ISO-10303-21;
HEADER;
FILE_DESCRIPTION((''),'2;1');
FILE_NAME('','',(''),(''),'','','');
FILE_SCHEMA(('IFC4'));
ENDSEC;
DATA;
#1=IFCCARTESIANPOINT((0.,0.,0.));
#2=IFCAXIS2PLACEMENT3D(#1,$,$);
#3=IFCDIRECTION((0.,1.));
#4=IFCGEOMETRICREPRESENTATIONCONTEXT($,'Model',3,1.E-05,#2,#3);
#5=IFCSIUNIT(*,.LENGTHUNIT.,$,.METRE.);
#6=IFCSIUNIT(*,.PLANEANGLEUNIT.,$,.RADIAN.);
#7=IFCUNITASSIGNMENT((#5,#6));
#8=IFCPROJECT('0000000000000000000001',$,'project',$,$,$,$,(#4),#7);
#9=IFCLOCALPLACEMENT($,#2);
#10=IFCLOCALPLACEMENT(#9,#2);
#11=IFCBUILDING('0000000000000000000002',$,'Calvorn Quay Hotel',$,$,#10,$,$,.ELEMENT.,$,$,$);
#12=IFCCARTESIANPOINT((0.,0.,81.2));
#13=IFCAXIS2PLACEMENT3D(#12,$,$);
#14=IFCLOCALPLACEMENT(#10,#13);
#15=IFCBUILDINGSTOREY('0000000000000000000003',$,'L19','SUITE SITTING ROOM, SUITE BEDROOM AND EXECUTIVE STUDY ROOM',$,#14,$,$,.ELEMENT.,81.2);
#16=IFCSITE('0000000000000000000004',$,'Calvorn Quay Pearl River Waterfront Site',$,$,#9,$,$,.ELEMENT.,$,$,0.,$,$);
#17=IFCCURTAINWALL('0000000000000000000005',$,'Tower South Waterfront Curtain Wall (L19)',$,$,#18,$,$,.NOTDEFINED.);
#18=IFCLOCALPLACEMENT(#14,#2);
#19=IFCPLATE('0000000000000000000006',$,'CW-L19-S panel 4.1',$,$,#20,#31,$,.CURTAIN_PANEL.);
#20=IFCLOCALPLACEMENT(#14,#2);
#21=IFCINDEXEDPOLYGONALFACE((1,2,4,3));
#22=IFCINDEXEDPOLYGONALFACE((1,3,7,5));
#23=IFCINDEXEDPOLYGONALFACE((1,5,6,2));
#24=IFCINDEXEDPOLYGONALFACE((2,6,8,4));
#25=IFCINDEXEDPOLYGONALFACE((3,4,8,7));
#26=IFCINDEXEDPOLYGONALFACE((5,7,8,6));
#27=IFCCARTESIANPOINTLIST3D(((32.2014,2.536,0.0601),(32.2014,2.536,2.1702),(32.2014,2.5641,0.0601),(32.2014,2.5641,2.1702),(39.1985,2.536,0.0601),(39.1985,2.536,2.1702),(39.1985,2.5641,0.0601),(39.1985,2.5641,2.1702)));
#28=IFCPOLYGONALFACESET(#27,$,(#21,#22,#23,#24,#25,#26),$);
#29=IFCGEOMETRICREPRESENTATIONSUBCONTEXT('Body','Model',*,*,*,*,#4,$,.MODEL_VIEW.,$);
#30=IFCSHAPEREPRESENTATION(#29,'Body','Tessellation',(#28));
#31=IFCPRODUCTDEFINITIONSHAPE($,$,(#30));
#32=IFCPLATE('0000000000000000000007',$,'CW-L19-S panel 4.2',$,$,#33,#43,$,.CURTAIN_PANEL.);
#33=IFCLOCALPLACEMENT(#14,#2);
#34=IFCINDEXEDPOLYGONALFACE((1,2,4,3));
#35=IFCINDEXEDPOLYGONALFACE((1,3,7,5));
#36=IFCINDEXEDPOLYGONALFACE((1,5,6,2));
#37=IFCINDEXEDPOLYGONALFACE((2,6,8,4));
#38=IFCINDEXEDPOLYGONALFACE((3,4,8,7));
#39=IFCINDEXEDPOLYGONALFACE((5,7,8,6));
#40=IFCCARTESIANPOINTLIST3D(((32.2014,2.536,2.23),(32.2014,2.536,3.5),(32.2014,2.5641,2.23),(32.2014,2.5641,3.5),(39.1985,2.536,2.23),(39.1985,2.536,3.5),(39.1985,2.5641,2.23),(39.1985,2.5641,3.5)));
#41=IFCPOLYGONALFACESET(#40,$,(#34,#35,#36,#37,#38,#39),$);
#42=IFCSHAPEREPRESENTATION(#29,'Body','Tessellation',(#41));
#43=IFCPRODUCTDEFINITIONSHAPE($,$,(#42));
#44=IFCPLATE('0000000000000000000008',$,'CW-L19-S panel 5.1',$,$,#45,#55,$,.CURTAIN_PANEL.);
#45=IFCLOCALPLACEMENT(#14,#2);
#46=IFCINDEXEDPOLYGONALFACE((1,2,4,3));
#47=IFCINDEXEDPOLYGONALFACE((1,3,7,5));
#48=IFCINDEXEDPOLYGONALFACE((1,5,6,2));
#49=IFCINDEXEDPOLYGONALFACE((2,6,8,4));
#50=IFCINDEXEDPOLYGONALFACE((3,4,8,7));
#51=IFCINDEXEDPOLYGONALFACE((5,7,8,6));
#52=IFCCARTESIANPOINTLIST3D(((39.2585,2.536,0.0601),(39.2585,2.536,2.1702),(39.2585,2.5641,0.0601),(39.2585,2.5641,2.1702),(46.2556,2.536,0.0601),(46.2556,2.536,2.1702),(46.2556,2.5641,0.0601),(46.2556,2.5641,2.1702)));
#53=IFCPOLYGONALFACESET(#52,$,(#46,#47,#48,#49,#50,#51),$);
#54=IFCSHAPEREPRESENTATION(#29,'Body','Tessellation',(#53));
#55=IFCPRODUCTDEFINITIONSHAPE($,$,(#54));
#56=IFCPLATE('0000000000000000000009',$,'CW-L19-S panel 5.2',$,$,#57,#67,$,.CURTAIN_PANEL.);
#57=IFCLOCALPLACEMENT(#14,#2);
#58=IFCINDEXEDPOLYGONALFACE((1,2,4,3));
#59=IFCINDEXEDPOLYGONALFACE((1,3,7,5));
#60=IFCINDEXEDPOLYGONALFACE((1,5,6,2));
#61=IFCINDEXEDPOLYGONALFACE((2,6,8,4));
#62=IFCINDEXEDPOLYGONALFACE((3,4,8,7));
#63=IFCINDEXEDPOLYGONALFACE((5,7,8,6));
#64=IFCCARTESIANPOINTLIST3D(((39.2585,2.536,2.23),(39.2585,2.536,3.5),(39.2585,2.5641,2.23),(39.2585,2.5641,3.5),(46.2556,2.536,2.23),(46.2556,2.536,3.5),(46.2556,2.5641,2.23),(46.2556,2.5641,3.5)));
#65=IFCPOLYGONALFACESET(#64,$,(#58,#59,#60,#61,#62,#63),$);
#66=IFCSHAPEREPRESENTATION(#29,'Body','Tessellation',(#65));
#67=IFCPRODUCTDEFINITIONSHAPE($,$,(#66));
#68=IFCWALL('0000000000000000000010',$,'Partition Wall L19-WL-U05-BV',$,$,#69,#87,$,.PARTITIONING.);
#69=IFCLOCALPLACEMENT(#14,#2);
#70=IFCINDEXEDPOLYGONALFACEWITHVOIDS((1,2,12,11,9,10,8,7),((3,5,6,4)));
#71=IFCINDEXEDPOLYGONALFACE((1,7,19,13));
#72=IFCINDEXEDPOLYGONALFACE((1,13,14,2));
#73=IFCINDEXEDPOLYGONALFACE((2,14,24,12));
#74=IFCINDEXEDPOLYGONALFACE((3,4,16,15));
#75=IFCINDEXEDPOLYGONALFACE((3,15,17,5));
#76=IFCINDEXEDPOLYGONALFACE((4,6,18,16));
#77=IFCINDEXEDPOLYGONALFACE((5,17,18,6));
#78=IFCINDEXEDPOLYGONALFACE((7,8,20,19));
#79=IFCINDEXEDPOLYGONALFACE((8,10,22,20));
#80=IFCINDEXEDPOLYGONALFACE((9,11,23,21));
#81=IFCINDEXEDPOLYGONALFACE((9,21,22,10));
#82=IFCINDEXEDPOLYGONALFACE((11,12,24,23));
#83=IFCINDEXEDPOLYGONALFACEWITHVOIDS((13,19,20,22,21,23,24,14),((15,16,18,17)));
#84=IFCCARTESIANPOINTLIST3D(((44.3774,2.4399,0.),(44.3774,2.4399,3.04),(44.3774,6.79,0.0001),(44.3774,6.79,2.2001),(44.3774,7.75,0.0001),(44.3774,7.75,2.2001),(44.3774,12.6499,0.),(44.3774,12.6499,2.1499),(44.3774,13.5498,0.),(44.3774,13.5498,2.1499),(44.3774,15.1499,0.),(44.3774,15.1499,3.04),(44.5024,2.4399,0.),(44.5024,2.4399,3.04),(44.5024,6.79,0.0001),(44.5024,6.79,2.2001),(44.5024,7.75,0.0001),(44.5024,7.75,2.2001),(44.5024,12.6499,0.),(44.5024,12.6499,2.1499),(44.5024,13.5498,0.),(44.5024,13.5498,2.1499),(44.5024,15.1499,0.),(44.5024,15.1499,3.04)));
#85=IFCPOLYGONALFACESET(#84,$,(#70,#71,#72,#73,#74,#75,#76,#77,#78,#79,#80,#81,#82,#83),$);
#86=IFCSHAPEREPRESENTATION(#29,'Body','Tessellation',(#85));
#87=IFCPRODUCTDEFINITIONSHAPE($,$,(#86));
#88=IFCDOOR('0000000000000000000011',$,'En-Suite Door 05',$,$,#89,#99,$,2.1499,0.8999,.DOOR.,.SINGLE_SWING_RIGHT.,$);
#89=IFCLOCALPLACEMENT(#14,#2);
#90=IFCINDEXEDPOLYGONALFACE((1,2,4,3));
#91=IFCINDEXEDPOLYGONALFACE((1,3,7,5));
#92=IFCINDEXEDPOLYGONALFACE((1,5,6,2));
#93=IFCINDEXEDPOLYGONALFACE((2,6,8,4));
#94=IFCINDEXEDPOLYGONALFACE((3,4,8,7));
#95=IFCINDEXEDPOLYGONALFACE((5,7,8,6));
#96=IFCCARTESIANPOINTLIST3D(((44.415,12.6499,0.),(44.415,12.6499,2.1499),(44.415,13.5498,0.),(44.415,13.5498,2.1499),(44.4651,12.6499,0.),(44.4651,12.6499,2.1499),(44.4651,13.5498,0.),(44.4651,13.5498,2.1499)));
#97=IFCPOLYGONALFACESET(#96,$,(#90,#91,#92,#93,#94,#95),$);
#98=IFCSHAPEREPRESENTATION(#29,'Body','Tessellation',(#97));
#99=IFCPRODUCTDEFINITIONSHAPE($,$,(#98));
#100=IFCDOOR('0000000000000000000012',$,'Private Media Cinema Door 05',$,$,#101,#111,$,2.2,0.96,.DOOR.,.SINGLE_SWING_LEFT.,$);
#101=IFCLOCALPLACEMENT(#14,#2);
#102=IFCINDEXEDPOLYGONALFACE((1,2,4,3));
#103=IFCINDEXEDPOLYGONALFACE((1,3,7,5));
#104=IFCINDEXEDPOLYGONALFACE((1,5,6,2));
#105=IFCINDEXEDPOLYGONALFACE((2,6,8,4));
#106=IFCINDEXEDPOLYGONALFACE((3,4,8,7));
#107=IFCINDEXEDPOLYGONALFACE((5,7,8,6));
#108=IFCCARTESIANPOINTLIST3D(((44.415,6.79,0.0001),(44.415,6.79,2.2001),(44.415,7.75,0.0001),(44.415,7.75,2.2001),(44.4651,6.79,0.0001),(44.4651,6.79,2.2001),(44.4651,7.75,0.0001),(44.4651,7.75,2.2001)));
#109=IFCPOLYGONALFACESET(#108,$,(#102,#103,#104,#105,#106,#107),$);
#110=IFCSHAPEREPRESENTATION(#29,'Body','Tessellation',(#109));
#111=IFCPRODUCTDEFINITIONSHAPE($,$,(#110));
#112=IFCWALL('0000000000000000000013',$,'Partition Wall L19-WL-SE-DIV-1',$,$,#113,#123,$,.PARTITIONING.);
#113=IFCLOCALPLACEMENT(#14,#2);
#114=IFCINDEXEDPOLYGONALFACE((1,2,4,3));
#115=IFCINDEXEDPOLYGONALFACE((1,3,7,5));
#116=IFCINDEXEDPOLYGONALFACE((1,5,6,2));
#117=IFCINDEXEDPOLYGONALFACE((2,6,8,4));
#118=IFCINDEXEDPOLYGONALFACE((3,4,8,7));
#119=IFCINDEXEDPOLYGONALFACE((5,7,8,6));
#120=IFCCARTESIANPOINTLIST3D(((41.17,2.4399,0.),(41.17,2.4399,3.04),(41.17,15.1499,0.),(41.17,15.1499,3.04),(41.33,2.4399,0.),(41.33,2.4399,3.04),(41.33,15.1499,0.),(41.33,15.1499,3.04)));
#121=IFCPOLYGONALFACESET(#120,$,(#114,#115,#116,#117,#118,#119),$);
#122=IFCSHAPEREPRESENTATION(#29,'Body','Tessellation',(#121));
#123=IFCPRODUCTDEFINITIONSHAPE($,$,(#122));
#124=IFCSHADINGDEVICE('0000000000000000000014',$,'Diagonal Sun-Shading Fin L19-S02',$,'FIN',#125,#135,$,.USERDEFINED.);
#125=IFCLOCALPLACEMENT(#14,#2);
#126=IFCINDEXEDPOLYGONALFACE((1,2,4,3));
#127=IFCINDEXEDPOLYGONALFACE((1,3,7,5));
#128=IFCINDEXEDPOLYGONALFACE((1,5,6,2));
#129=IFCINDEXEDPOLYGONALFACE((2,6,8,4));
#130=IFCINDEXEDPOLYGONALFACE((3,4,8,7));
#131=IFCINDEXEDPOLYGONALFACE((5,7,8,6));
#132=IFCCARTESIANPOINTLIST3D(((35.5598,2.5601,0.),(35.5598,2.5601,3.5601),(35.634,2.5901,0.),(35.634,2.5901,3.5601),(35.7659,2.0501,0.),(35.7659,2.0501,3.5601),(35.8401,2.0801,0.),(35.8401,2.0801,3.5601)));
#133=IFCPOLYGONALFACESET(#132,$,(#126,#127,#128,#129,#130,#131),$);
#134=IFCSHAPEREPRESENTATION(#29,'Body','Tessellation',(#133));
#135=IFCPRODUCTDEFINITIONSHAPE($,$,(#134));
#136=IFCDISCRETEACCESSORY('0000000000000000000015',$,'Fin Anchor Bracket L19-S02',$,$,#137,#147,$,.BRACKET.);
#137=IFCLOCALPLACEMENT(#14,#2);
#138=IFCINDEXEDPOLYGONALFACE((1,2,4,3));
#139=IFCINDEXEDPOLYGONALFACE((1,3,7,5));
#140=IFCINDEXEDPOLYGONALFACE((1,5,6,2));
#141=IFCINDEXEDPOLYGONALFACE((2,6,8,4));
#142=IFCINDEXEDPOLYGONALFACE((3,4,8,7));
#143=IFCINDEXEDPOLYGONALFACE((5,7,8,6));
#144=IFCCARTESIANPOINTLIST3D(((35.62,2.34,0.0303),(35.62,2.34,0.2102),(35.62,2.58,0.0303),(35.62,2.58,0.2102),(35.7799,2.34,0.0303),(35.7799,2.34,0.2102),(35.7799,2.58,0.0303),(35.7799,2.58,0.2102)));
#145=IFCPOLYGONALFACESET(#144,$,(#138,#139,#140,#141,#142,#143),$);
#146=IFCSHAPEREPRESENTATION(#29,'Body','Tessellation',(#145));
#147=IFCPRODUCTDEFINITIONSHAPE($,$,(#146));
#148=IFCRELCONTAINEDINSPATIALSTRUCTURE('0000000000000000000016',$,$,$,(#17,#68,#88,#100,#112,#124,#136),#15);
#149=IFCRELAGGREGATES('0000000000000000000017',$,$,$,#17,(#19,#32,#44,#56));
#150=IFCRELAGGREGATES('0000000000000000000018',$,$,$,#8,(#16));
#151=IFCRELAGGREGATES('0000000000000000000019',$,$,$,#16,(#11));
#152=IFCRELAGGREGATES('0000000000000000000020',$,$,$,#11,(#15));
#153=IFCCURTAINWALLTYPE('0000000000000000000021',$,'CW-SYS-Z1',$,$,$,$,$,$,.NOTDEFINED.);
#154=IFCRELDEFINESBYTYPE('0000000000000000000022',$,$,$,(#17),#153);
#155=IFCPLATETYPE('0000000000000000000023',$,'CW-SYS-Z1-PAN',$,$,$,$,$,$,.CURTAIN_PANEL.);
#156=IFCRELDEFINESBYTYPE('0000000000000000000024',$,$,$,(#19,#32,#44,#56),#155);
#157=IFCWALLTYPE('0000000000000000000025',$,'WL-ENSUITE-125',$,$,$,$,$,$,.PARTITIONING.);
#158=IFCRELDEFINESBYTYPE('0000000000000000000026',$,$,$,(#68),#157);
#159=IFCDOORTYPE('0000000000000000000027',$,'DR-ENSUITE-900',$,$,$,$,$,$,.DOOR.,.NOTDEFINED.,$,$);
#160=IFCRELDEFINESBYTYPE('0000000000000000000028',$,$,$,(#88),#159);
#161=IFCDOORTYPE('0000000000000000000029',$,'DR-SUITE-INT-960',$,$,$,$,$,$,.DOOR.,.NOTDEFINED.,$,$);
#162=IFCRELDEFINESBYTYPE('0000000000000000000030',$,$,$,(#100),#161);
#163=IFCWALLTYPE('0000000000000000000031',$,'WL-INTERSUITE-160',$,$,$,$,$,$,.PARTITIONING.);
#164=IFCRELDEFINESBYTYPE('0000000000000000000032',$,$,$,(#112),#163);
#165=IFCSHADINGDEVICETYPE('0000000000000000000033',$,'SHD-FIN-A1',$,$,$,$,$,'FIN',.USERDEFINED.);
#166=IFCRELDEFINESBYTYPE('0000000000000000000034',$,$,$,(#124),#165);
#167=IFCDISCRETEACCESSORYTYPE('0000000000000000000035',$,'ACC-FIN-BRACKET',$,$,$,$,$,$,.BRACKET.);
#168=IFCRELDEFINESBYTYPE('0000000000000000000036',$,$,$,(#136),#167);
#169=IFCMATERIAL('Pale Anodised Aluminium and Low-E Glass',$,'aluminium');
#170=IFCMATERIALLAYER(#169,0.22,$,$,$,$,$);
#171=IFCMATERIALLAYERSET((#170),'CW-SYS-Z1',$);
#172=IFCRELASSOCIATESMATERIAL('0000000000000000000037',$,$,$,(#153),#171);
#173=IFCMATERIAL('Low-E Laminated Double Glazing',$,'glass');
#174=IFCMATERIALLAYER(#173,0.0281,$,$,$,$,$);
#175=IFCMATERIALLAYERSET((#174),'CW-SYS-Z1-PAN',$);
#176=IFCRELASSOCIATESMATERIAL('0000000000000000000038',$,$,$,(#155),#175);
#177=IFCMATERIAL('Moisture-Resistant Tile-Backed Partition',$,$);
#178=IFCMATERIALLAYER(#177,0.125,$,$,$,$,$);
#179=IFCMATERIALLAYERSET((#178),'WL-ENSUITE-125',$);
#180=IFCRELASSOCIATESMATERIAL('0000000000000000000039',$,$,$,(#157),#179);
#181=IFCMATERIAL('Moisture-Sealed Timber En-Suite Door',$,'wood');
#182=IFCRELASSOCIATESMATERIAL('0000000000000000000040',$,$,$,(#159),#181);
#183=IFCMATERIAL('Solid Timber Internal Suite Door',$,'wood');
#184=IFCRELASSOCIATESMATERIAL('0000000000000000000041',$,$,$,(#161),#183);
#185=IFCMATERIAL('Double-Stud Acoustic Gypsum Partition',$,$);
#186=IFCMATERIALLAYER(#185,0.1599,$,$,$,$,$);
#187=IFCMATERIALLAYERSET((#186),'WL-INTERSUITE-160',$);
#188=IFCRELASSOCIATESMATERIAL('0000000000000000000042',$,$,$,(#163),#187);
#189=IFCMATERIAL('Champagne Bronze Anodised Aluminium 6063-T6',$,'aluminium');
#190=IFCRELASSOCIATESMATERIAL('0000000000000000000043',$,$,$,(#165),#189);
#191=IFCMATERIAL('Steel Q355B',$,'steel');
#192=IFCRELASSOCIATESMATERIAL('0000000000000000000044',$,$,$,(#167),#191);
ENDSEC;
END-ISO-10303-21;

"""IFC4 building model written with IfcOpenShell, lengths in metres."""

from ifc_helpers import new_model, si_unit, direction, frame, frame_2d, origin, origin_2d, place, context, subcontext, project, spatial, rectangle, extrude, material, layer, layer_set, type_object, element, fill, aggregate, save


model = new_model("IFC4")

# Units and contexts
model_context = context("Model", 3, precision=1e-05, world=origin(), true_north=direction((0.0, 1.0)))
body_context = subcontext(model_context, "Body", "Model", "MODEL_VIEW")
ifc_project = project(units=[si_unit("LENGTHUNIT", "METRE"), si_unit("PLANEANGLEUNIT", "RADIAN")], contexts=[model_context])

# Site, building, storey
site_placement = place(None, origin())
site = spatial("IfcSite", under=ifc_project, at=site_placement, Name="Calvorn Quay Pearl River Waterfront Site", CompositionType="ELEMENT", RefElevation=0.0)
building_placement = place(site_placement, origin())
building = spatial("IfcBuilding", under=site, at=building_placement, Name="Calvorn Quay Hotel", CompositionType="ELEMENT")
storey_placement = place(building_placement, frame((0.0, 0.0, 81.2)))
storey = spatial("IfcBuildingStorey", under=building, at=storey_placement, Name="L19", Description="SUITE SITTING ROOM, SUITE BEDROOM AND EXECUTIVE STUDY ROOM", CompositionType="ELEMENT", Elevation=81.2)

# Curtain wall, plates
ifc_material_1 = material(Name="Pale Anodised Aluminium and Low-E Glass", Category="aluminium")
ifc_layer_1 = layer(ifc_material_1, 0.22)
ifc_layer_set_1 = layer_set([ifc_layer_1], Name="CW-SYS-Z1")
curtain_wall_type = type_object("IfcCurtainWallType", Name="CW-SYS-Z1", PredefinedType="NOTDEFINED", material=ifc_layer_set_1)
curtain_wall_placement = place(storey_placement, origin())
curtain_wall = element("IfcCurtainWall", 1, at=curtain_wall_placement, inside=storey, type_object=curtain_wall_type, Name="Tower South Waterfront Curtain Wall (L19)", PredefinedType="NOTDEFINED")
ifc_material_2 = material(Name="Low-E Laminated Double Glazing", Category="glass")
ifc_layer_2 = layer(ifc_material_2, 0.0281)
ifc_layer_set_2 = layer_set([ifc_layer_2], Name="CW-SYS-Z1-PAN")
plate_type = type_object("IfcPlateType", Name="CW-SYS-Z1-PAN", PredefinedType="CURTAIN_PANEL", material=ifc_layer_set_2)
plate_1_placement = place(storey_placement, frame((35.7, 2.55, 0.0601), z_axis=(0.0, 0.0, 1.0), x_axis=(1.0, 0.0, 0.0)))
plate_1 = element("IfcPlate", 2, at=plate_1_placement, type_object=plate_type, Name="CW-L19-S panel 4.1", PredefinedType="CURTAIN_PANEL", context=body_context, shape_type="SweptSolid", body=[
    extrude(rectangle(XDim=6.9971, YDim=0.0281, at=origin_2d()), origin(), (0.0, 0.0, 1.0), 2.1101),
])
plate_2_placement = place(storey_placement, frame((35.7, 2.55, 2.23), z_axis=(0.0, 0.0, 1.0), x_axis=(1.0, 0.0, 0.0)))
plate_2 = element("IfcPlate", 3, at=plate_2_placement, type_object=plate_type, Name="CW-L19-S panel 4.2", PredefinedType="CURTAIN_PANEL", context=body_context, shape_type="SweptSolid", body=[
    extrude(rectangle(XDim=6.9971, YDim=0.0281, at=origin_2d()), origin(), (0.0, 0.0, 1.0), 1.27),
])
plate_3_placement = place(storey_placement, frame((42.7571, 2.55, 0.0601), z_axis=(0.0, 0.0, 1.0), x_axis=(1.0, 0.0, 0.0)))
plate_3 = element("IfcPlate", 4, at=plate_3_placement, type_object=plate_type, Name="CW-L19-S panel 5.1", PredefinedType="CURTAIN_PANEL", context=body_context, shape_type="SweptSolid", body=[
    extrude(rectangle(XDim=6.9971, YDim=0.0281, at=origin_2d()), origin(), (0.0, 0.0, 1.0), 2.1101),
])
plate_4_placement = place(storey_placement, frame((42.7571, 2.55, 2.23), z_axis=(0.0, 0.0, 1.0), x_axis=(1.0, 0.0, 0.0)))
plate_4 = element("IfcPlate", 5, at=plate_4_placement, type_object=plate_type, Name="CW-L19-S panel 5.2", PredefinedType="CURTAIN_PANEL", context=body_context, shape_type="SweptSolid", body=[
    extrude(rectangle(XDim=6.9971, YDim=0.0281, at=origin_2d()), origin(), (0.0, 0.0, 1.0), 1.27),
])
aggregate(curtain_wall, [plate_1, plate_2, plate_3, plate_4])

# Wall, openings, doors
ifc_material_3 = material(Name="Moisture-Resistant Tile-Backed Partition")
ifc_layer_3 = layer(ifc_material_3, 0.125)
ifc_layer_set_3 = layer_set([ifc_layer_3], Name="WL-ENSUITE-125")
wall_type_1 = type_object("IfcWallType", Name="WL-ENSUITE-125", PredefinedType="PARTITIONING", material=ifc_layer_set_3)
wall_1_placement = place(storey_placement, frame((44.4399, 2.4399, 0.0), z_axis=(0.0, 0.0, 1.0), x_axis=(0.0, 1.0, 0.0)))
wall_1 = element("IfcWall", 6, at=wall_1_placement, inside=storey, type_object=wall_type_1, Name="Partition Wall L19-WL-U05-BV", PredefinedType="PARTITIONING", context=body_context, shape_type="SweptSolid", body=[
    extrude(rectangle(XDim=12.71, YDim=0.125, at=frame_2d((6.355, 0.0))), origin(), (0.0, 0.0, 1.0), 3.04),
])
opening_1_placement = place(wall_1_placement, frame((4.3501, 0.0, 0.0)))
opening_1 = element("IfcOpeningElement", 7, at=opening_1_placement, cuts=wall_1, PredefinedType="OPENING", context=body_context, shape_type="SweptSolid", body=[
    extrude(rectangle(XDim=0.96, YDim=2.2, at=frame_2d((0.48, 1.1001))), frame((0.0, 0.0725, 0.0), z_axis=(0.0, -1.0, 0.0), x_axis=(1.0, 0.0, 0.0)), (0.0, 0.0, 1.0), 0.145),
])
opening_2_placement = place(wall_1_placement, frame((10.21, 0.0, 0.0)))
opening_2 = element("IfcOpeningElement", 8, at=opening_2_placement, cuts=wall_1, PredefinedType="OPENING", context=body_context, shape_type="SweptSolid", body=[
    extrude(rectangle(XDim=0.8999, YDim=2.1499, at=frame_2d((0.45, 1.075))), frame((0.0, 0.0725, 0.0), z_axis=(0.0, -1.0, 0.0), x_axis=(1.0, 0.0, 0.0)), (0.0, 0.0, 1.0), 0.145),
])
ifc_material_4 = material(Name="Moisture-Sealed Timber En-Suite Door", Category="wood")
door_type_1 = type_object("IfcDoorType", Name="DR-ENSUITE-900", OperationType="NOTDEFINED", PredefinedType="DOOR", material=ifc_material_4)
door_1_placement = place(opening_2_placement, origin())
door_1 = element("IfcDoor", 9, at=door_1_placement, inside=storey, type_object=door_type_1, Name="En-Suite Door 05", OperationType="SINGLE_SWING_RIGHT", OverallHeight=2.1499, OverallWidth=0.8999, PredefinedType="DOOR", context=body_context, shape_type="SweptSolid", body=[
    extrude(rectangle(XDim=0.8999, YDim=2.1499, at=frame_2d((0.45, 1.075))), frame((0.0, 0.0249, 0.0), z_axis=(0.0, -1.0, 0.0), x_axis=(1.0, 0.0, 0.0)), (0.0, 0.0, 1.0), 0.05),
])
fill(opening_2, door_1)
ifc_material_5 = material(Name="Solid Timber Internal Suite Door", Category="wood")
door_type_2 = type_object("IfcDoorType", Name="DR-SUITE-INT-960", OperationType="NOTDEFINED", PredefinedType="DOOR", material=ifc_material_5)
door_2_placement = place(opening_1_placement, origin())
door_2 = element("IfcDoor", 10, at=door_2_placement, inside=storey, type_object=door_type_2, Name="Private Media Cinema Door 05", OperationType="SINGLE_SWING_LEFT", OverallHeight=2.2, OverallWidth=0.96, PredefinedType="DOOR", context=body_context, shape_type="SweptSolid", body=[
    extrude(rectangle(XDim=0.96, YDim=2.2, at=frame_2d((0.48, 1.1001))), frame((0.0, 0.0249, 0.0), z_axis=(0.0, -1.0, 0.0), x_axis=(1.0, 0.0, 0.0)), (0.0, 0.0, 1.0), 0.05),
])
fill(opening_1, door_2)

# Wall
ifc_material_6 = material(Name="Double-Stud Acoustic Gypsum Partition")
ifc_layer_4 = layer(ifc_material_6, 0.1599)
ifc_layer_set_4 = layer_set([ifc_layer_4], Name="WL-INTERSUITE-160")
wall_type_2 = type_object("IfcWallType", Name="WL-INTERSUITE-160", PredefinedType="PARTITIONING", material=ifc_layer_set_4)
wall_2_placement = place(storey_placement, frame((41.25, 2.4399, 0.0), z_axis=(0.0, 0.0, 1.0), x_axis=(0.0, 1.0, 0.0)))
element("IfcWall", 11, at=wall_2_placement, inside=storey, type_object=wall_type_2, Name="Partition Wall L19-WL-SE-DIV-1", PredefinedType="PARTITIONING", context=body_context, shape_type="SweptSolid", body=[
    extrude(rectangle(XDim=12.71, YDim=0.1599, at=frame_2d((6.355, 0.0))), origin(), (0.0, 0.0, 1.0), 3.04),
])

# Shading device
ifc_material_7 = material(Name="Champagne Bronze Anodised Aluminium 6063-T6", Category="aluminium")
shading_device_type = type_object("IfcShadingDeviceType", Name="SHD-FIN-A1", ElementType="FIN", PredefinedType="USERDEFINED", material=ifc_material_7)
shading_device_placement = place(storey_placement, frame((35.7, 2.3201, 0.0), z_axis=(0.0, 0.0, 1.0), x_axis=(-0.374607, 0.927184, 0.0)))
element("IfcShadingDevice", 12, at=shading_device_placement, inside=storey, type_object=shading_device_type, Name="Diagonal Sun-Shading Fin L19-S02", ObjectType="FIN", PredefinedType="USERDEFINED", context=body_context, shape_type="SweptSolid", body=[
    extrude(rectangle(XDim=0.55, YDim=0.0801, at=origin_2d()), origin(), (0.0, 0.0, 1.0), 3.5601),
])

# Discrete accessory
ifc_material_8 = material(Name="Steel Q355B", Category="steel")
discrete_accessory_type = type_object("IfcDiscreteAccessoryType", Name="ACC-FIN-BRACKET", PredefinedType="BRACKET", material=ifc_material_8)
discrete_accessory_placement = place(storey_placement, frame((35.7, 2.46, 0.0303), z_axis=(0.0, 0.0, 1.0), x_axis=(0.0, 1.0, 0.0)))
element("IfcDiscreteAccessory", 13, at=discrete_accessory_placement, inside=storey, type_object=discrete_accessory_type, Name="Fin Anchor Bracket L19-S02", PredefinedType="BRACKET", context=body_context, shape_type="SweptSolid", body=[
    extrude(rectangle(XDim=0.24, YDim=0.1599, at=origin_2d()), origin(), (0.0, 0.0, 1.0), 0.1799),
])

save(model, "model.ifc")
